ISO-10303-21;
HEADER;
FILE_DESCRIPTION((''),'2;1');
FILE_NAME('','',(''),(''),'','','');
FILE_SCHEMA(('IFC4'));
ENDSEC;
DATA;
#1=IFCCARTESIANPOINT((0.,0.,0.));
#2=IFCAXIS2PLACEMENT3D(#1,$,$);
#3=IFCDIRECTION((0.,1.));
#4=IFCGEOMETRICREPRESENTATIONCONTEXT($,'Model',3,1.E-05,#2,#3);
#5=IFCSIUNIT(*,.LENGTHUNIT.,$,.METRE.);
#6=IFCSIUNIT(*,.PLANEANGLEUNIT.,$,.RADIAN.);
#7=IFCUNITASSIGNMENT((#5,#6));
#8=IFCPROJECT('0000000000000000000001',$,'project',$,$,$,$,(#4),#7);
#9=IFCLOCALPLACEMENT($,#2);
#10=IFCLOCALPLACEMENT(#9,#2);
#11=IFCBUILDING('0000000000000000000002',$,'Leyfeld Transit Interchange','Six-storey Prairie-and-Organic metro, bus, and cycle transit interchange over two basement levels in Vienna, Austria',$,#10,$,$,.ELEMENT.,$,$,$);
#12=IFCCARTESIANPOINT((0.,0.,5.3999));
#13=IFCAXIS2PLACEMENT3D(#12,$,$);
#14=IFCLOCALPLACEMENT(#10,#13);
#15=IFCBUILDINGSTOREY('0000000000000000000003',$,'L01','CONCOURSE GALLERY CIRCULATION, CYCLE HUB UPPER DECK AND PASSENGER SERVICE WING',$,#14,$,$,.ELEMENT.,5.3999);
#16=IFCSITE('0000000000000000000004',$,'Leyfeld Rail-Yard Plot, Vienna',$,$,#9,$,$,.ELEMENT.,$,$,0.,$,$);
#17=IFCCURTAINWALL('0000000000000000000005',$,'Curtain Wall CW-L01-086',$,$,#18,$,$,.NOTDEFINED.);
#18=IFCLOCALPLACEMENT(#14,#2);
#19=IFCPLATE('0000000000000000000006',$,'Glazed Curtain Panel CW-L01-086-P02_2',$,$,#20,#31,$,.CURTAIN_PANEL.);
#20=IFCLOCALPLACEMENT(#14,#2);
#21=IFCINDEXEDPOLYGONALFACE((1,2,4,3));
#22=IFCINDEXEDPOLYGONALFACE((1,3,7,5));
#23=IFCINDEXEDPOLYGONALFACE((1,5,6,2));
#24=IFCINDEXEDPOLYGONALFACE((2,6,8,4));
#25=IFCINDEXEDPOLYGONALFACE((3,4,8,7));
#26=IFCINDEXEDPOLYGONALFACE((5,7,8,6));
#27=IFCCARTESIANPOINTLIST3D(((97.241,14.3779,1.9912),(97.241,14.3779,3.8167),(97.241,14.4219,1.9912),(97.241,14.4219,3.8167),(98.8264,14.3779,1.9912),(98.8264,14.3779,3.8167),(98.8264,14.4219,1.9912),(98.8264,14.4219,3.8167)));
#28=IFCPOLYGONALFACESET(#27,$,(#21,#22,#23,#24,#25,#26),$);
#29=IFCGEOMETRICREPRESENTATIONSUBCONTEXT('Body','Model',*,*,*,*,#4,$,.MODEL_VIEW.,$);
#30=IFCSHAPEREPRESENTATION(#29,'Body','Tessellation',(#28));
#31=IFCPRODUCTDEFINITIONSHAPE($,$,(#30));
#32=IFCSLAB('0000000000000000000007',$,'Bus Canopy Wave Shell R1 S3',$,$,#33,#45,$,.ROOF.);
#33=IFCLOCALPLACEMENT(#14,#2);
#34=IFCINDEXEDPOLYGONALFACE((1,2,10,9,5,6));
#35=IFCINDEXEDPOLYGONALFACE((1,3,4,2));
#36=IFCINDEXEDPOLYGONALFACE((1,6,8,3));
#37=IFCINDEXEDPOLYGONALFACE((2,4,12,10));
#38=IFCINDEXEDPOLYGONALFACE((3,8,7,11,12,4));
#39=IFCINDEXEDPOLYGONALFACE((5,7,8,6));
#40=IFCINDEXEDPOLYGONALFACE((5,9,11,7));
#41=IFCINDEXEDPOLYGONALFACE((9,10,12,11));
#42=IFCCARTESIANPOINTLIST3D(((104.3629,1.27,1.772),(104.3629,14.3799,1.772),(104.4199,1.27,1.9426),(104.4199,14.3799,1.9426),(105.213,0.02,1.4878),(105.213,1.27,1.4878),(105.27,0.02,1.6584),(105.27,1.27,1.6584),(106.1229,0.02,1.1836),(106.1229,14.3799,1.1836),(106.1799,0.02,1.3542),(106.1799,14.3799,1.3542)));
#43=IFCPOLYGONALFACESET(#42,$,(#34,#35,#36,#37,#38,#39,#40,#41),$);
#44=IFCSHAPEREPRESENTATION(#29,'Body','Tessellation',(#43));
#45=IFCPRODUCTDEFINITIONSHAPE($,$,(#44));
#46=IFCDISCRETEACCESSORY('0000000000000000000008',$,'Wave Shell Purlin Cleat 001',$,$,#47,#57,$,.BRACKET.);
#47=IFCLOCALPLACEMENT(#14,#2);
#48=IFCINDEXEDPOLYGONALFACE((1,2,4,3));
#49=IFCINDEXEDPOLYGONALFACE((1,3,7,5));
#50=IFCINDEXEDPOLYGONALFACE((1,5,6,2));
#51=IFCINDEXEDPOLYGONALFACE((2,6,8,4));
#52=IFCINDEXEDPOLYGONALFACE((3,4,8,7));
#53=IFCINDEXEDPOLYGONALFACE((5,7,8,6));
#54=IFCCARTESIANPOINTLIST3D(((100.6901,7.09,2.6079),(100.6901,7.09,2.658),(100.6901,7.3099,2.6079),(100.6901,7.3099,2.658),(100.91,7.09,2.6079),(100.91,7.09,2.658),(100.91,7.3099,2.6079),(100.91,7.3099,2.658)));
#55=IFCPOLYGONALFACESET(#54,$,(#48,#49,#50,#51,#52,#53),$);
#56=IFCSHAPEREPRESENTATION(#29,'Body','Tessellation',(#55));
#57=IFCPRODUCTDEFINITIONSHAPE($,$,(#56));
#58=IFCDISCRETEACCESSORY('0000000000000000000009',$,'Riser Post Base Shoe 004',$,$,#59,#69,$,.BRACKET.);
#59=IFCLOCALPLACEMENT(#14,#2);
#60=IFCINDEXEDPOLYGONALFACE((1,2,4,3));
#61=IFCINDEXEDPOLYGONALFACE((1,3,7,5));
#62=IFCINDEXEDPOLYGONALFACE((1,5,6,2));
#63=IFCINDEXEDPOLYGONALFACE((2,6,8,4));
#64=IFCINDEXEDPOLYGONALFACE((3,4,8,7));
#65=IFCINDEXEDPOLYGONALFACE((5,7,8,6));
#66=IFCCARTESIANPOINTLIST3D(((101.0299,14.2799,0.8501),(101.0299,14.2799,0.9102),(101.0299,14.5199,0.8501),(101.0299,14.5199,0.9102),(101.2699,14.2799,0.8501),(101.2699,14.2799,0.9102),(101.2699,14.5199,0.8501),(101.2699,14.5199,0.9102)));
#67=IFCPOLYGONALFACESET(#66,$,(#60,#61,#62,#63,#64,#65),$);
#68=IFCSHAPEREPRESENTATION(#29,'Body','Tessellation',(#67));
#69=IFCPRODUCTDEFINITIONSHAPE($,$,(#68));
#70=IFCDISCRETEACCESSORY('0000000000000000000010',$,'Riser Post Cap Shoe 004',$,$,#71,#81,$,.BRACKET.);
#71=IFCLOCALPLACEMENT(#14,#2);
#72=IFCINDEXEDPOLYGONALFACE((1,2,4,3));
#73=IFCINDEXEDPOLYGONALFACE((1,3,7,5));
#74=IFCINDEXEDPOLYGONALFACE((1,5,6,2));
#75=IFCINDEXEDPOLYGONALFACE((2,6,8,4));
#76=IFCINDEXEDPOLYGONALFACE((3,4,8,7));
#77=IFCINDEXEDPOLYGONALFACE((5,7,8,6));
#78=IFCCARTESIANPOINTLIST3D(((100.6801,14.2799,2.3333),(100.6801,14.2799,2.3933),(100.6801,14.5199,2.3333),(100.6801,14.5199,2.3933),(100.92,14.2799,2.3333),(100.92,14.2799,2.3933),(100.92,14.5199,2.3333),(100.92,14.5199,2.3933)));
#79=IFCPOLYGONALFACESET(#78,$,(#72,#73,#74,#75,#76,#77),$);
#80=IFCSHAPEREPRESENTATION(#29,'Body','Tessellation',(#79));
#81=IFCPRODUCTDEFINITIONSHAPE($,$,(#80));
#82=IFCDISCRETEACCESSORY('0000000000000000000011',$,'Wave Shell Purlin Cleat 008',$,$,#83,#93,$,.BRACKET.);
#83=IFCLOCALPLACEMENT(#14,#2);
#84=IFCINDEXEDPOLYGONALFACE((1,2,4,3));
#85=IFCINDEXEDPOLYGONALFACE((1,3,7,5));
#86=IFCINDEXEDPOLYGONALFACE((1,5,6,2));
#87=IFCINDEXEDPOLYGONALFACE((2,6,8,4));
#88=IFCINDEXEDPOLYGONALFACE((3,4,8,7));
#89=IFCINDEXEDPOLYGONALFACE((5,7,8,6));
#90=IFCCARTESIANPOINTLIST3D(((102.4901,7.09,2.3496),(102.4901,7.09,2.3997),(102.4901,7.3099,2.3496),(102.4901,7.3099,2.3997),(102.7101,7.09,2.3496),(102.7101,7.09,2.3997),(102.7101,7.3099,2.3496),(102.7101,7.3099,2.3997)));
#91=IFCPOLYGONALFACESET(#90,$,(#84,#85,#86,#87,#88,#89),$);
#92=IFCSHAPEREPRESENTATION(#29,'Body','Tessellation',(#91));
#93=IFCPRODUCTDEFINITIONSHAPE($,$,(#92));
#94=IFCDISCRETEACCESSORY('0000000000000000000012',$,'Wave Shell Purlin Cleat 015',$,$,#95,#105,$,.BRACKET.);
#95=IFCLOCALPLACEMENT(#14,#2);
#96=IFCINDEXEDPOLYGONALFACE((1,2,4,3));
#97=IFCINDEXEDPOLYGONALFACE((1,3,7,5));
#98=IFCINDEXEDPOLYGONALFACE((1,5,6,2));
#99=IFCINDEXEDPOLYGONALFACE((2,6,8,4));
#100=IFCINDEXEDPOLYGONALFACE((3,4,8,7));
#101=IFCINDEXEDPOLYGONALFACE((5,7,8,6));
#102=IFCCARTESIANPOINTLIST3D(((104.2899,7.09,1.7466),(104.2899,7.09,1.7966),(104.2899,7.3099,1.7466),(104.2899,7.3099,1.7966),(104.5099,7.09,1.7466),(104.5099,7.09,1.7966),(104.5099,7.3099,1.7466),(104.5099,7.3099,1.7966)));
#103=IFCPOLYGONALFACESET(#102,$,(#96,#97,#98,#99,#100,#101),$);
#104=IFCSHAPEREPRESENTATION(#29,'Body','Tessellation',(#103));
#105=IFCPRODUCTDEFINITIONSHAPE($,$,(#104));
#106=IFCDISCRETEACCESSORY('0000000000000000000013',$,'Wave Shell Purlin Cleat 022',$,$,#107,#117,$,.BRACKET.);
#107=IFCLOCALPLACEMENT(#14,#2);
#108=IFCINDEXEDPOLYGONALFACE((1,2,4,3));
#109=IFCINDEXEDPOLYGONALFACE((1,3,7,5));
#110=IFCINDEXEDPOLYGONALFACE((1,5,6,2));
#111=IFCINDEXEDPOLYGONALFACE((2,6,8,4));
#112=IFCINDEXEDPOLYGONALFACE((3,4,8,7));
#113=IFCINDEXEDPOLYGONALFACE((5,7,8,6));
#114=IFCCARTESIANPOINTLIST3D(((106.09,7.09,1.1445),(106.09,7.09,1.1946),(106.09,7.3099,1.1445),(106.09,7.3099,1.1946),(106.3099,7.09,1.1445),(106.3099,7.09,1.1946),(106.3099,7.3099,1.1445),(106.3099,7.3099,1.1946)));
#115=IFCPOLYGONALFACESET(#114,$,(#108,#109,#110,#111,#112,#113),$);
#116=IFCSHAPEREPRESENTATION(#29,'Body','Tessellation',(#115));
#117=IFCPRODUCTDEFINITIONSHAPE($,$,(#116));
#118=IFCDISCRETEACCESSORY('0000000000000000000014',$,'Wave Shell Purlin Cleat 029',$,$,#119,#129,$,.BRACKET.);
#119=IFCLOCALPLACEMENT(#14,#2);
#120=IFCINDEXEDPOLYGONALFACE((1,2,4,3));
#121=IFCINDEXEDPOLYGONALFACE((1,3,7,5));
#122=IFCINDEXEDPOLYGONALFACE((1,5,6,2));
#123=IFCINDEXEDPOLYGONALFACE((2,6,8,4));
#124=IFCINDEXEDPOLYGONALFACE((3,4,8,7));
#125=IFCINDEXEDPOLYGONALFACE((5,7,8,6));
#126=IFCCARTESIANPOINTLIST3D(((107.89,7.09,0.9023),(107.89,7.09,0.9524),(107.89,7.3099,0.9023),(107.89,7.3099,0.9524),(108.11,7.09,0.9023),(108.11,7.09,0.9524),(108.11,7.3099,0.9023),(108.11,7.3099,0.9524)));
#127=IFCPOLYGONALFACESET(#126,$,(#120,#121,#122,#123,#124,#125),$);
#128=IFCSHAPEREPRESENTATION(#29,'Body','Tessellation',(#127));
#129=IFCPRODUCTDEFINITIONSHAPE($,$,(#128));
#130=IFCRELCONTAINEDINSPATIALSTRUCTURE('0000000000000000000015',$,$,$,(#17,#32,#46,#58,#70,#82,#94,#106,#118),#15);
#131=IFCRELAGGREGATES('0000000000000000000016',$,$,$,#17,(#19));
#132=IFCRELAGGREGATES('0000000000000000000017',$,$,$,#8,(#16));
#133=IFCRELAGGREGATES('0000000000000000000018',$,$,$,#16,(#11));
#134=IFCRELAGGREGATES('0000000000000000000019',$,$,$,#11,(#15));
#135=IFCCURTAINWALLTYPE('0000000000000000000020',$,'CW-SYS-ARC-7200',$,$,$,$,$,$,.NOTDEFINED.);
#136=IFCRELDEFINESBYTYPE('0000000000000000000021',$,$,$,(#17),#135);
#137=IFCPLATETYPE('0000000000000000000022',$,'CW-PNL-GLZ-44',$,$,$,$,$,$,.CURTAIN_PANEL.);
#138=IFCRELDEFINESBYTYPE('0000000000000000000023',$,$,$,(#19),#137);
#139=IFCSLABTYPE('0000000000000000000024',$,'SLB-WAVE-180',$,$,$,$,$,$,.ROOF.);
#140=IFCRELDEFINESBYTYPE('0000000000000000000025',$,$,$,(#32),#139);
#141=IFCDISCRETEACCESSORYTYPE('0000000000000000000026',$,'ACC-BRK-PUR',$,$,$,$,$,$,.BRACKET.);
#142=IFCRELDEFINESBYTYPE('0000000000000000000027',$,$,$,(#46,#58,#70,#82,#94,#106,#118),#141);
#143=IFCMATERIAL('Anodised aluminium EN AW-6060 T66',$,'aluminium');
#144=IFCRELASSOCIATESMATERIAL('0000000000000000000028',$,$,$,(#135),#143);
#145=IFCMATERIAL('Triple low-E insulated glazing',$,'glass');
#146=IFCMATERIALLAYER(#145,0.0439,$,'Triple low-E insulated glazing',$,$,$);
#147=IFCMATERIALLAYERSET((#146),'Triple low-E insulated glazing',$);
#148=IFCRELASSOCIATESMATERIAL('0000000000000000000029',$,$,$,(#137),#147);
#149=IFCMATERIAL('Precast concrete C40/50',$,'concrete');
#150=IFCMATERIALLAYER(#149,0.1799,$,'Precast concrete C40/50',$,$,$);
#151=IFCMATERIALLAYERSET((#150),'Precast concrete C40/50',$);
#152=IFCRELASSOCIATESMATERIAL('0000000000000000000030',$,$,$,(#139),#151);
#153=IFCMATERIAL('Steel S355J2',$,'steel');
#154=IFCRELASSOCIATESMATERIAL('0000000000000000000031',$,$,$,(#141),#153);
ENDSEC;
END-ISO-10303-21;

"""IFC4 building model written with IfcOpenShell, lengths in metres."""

from ifc_helpers import new_model, si_unit, direction, frame, origin, origin_2d, place, context, subcontext, project, spatial, polyline, rectangle, outline, extrude, material, layer, layer_set, type_object, element, aggregate, save


model = new_model("IFC4")

# Units and contexts
model_context = context("Model", 3, precision=1e-05, world=origin(), true_north=direction((0.0, 1.0)))
body_context = subcontext(model_context, "Body", "Model", "MODEL_VIEW")
ifc_project = project(units=[si_unit("LENGTHUNIT", "METRE"), si_unit("PLANEANGLEUNIT", "RADIAN")], contexts=[model_context])

# Site, building, storey
site_placement = place(None, origin())
site = spatial("IfcSite", under=ifc_project, at=site_placement, Name="Leyfeld Rail-Yard Plot, Vienna", CompositionType="ELEMENT", RefElevation=0.0)
building_placement = place(site_placement, origin())
building = spatial("IfcBuilding", under=site, at=building_placement, Name="Leyfeld Transit Interchange", Description="Six-storey Prairie-and-Organic metro, bus, and cycle transit interchange over two basement levels in Vienna, Austria", CompositionType="ELEMENT")
storey_placement = place(building_placement, frame((0.0, 0.0, 5.3999)))
storey = spatial("IfcBuildingStorey", under=building, at=storey_placement, Name="L01", Description="CONCOURSE GALLERY CIRCULATION, CYCLE HUB UPPER DECK AND PASSENGER SERVICE WING", CompositionType="ELEMENT", Elevation=5.3999)

# Shared definitions
ifc_material_1 = material(Name="Steel S355J2", Category="steel")

# Curtain wall
ifc_material_2 = material(Name="Anodised aluminium EN AW-6060 T66", Category="aluminium")
curtain_wall_type = type_object("IfcCurtainWallType", Name="CW-SYS-ARC-7200", PredefinedType="NOTDEFINED", material=ifc_material_2)
curtain_wall_placement = place(storey_placement, origin())
curtain_wall = element("IfcCurtainWall", 1, at=curtain_wall_placement, inside=storey, type_object=curtain_wall_type, Name="Curtain Wall CW-L01-086", PredefinedType="NOTDEFINED")

# Plate
ifc_material_3 = material(Name="Triple low-E insulated glazing", Category="glass")
ifc_layer_1 = layer(ifc_material_3, 0.0439, Name="Triple low-E insulated glazing")
ifc_layer_set_1 = layer_set([ifc_layer_1], Name="Triple low-E insulated glazing")
plate_type = type_object("IfcPlateType", Name="CW-PNL-GLZ-44", PredefinedType="CURTAIN_PANEL", material=ifc_layer_set_1)
plate_1_placement = place(storey_placement, frame((98.0337, 14.3999, 1.9912), z_axis=(0.0, 0.0, 1.0), x_axis=(-1.0, 0.0, 0.0)))
plate_1 = element("IfcPlate", 2, at=plate_1_placement, type_object=plate_type, Name="Glazed Curtain Panel CW-L01-086-P02_2", PredefinedType="CURTAIN_PANEL", context=body_context, shape_type="SweptSolid", body=[
    extrude(rectangle(XDim=1.5854, YDim=0.0439, at=origin_2d()), origin(), (0.0, 0.0, 1.0), 1.8254),
])
aggregate(curtain_wall, [plate_1])

# Slab
ifc_material_4 = material(Name="Precast concrete C40/50", Category="concrete")
ifc_layer_2 = layer(ifc_material_4, 0.1799, Name="Precast concrete C40/50")
ifc_layer_set_2 = layer_set([ifc_layer_2], Name="Precast concrete C40/50")
slab_type = type_object("IfcSlabType", Name="SLB-WAVE-180", PredefinedType="ROOF", material=ifc_layer_set_2)
slab_placement = place(storey_placement, frame((104.4199, 1.27, 1.9426), z_axis=(0.317057, 0.0, 0.948406), x_axis=(0.948406, 0.0, -0.317057)))
element("IfcSlab", 3, at=slab_placement, inside=storey, type_object=slab_type, Name="Bus Canopy Wave Shell R1 S3", PredefinedType="ROOF", context=body_context, shape_type="SweptSolid", body=[
    extrude(outline(polyline([(0.0, 0.0), (0.8963, 0.0), (0.8963, -1.25), (1.8558, -1.25), (1.8558, 13.1099), (0.0, 13.1099), (0.0, 0.0)])), origin(), (0.0, 0.0, -1.0), 0.1799),
])

# Discrete accessories
discrete_accessory_type = type_object("IfcDiscreteAccessoryType", Name="ACC-BRK-PUR", PredefinedType="BRACKET", material=ifc_material_1)
discrete_accessory_placement = place(storey_placement, frame((100.8, 7.2, 2.6079), z_axis=(0.0, 0.0, 1.0), x_axis=(1.0, 0.0, 0.0)))
element("IfcDiscreteAccessory", 4, at=discrete_accessory_placement, inside=storey, type_object=discrete_accessory_type, Name="Wave Shell Purlin Cleat 001", PredefinedType="BRACKET", context=body_context, shape_type="SweptSolid", body=[
    extrude(rectangle(XDim=0.22, YDim=0.22, at=origin_2d()), origin(), (0.0, 0.0, 1.0), 0.05),
])
for number, where, z_axis, x_axis, name in (
    (5, (101.1499, 14.3999, 0.8501), (0.0, 0.0, 1.0), (1.0, 0.0, 0.0), "Riser Post Base Shoe 004"),
    (6, (100.8, 14.3999, 2.3333), (0.0, 0.0, 1.0), (1.0, 0.0, 0.0), "Riser Post Cap Shoe 004"),
):
    element("IfcDiscreteAccessory", number, at=place(storey_placement, frame(where, z_axis=z_axis, x_axis=x_axis)), inside=storey, type_object=discrete_accessory_type, Name=name, PredefinedType="BRACKET", context=body_context, shape_type="SweptSolid", body=[
        extrude(rectangle(XDim=0.24, YDim=0.24, at=origin_2d()), origin(), (0.0, 0.0, 1.0), 0.0601),
    ])
for number, where, z_axis, x_axis, name in (
    (7, (102.6001, 7.2, 2.3496), (0.0, 0.0, 1.0), (1.0, 0.0, 0.0), "Wave Shell Purlin Cleat 008"),
    (8, (104.3999, 7.2, 1.7466), (0.0, 0.0, 1.0), (1.0, 0.0, 0.0), "Wave Shell Purlin Cleat 015"),
    (9, (106.2, 7.2, 1.1445), (0.0, 0.0, 1.0), (1.0, 0.0, 0.0), "Wave Shell Purlin Cleat 022"),
    (10, (108.0, 7.2, 0.9023), (0.0, 0.0, 1.0), (1.0, 0.0, 0.0), "Wave Shell Purlin Cleat 029"),
):
    element("IfcDiscreteAccessory", number, at=place(storey_placement, frame(where, z_axis=z_axis, x_axis=x_axis)), inside=storey, type_object=discrete_accessory_type, Name=name, PredefinedType="BRACKET", context=body_context, shape_type="SweptSolid", body=[
        extrude(rectangle(XDim=0.22, YDim=0.22, at=origin_2d()), origin(), (0.0, 0.0, 1.0), 0.05),
    ])

save(model, "model.ifc")
